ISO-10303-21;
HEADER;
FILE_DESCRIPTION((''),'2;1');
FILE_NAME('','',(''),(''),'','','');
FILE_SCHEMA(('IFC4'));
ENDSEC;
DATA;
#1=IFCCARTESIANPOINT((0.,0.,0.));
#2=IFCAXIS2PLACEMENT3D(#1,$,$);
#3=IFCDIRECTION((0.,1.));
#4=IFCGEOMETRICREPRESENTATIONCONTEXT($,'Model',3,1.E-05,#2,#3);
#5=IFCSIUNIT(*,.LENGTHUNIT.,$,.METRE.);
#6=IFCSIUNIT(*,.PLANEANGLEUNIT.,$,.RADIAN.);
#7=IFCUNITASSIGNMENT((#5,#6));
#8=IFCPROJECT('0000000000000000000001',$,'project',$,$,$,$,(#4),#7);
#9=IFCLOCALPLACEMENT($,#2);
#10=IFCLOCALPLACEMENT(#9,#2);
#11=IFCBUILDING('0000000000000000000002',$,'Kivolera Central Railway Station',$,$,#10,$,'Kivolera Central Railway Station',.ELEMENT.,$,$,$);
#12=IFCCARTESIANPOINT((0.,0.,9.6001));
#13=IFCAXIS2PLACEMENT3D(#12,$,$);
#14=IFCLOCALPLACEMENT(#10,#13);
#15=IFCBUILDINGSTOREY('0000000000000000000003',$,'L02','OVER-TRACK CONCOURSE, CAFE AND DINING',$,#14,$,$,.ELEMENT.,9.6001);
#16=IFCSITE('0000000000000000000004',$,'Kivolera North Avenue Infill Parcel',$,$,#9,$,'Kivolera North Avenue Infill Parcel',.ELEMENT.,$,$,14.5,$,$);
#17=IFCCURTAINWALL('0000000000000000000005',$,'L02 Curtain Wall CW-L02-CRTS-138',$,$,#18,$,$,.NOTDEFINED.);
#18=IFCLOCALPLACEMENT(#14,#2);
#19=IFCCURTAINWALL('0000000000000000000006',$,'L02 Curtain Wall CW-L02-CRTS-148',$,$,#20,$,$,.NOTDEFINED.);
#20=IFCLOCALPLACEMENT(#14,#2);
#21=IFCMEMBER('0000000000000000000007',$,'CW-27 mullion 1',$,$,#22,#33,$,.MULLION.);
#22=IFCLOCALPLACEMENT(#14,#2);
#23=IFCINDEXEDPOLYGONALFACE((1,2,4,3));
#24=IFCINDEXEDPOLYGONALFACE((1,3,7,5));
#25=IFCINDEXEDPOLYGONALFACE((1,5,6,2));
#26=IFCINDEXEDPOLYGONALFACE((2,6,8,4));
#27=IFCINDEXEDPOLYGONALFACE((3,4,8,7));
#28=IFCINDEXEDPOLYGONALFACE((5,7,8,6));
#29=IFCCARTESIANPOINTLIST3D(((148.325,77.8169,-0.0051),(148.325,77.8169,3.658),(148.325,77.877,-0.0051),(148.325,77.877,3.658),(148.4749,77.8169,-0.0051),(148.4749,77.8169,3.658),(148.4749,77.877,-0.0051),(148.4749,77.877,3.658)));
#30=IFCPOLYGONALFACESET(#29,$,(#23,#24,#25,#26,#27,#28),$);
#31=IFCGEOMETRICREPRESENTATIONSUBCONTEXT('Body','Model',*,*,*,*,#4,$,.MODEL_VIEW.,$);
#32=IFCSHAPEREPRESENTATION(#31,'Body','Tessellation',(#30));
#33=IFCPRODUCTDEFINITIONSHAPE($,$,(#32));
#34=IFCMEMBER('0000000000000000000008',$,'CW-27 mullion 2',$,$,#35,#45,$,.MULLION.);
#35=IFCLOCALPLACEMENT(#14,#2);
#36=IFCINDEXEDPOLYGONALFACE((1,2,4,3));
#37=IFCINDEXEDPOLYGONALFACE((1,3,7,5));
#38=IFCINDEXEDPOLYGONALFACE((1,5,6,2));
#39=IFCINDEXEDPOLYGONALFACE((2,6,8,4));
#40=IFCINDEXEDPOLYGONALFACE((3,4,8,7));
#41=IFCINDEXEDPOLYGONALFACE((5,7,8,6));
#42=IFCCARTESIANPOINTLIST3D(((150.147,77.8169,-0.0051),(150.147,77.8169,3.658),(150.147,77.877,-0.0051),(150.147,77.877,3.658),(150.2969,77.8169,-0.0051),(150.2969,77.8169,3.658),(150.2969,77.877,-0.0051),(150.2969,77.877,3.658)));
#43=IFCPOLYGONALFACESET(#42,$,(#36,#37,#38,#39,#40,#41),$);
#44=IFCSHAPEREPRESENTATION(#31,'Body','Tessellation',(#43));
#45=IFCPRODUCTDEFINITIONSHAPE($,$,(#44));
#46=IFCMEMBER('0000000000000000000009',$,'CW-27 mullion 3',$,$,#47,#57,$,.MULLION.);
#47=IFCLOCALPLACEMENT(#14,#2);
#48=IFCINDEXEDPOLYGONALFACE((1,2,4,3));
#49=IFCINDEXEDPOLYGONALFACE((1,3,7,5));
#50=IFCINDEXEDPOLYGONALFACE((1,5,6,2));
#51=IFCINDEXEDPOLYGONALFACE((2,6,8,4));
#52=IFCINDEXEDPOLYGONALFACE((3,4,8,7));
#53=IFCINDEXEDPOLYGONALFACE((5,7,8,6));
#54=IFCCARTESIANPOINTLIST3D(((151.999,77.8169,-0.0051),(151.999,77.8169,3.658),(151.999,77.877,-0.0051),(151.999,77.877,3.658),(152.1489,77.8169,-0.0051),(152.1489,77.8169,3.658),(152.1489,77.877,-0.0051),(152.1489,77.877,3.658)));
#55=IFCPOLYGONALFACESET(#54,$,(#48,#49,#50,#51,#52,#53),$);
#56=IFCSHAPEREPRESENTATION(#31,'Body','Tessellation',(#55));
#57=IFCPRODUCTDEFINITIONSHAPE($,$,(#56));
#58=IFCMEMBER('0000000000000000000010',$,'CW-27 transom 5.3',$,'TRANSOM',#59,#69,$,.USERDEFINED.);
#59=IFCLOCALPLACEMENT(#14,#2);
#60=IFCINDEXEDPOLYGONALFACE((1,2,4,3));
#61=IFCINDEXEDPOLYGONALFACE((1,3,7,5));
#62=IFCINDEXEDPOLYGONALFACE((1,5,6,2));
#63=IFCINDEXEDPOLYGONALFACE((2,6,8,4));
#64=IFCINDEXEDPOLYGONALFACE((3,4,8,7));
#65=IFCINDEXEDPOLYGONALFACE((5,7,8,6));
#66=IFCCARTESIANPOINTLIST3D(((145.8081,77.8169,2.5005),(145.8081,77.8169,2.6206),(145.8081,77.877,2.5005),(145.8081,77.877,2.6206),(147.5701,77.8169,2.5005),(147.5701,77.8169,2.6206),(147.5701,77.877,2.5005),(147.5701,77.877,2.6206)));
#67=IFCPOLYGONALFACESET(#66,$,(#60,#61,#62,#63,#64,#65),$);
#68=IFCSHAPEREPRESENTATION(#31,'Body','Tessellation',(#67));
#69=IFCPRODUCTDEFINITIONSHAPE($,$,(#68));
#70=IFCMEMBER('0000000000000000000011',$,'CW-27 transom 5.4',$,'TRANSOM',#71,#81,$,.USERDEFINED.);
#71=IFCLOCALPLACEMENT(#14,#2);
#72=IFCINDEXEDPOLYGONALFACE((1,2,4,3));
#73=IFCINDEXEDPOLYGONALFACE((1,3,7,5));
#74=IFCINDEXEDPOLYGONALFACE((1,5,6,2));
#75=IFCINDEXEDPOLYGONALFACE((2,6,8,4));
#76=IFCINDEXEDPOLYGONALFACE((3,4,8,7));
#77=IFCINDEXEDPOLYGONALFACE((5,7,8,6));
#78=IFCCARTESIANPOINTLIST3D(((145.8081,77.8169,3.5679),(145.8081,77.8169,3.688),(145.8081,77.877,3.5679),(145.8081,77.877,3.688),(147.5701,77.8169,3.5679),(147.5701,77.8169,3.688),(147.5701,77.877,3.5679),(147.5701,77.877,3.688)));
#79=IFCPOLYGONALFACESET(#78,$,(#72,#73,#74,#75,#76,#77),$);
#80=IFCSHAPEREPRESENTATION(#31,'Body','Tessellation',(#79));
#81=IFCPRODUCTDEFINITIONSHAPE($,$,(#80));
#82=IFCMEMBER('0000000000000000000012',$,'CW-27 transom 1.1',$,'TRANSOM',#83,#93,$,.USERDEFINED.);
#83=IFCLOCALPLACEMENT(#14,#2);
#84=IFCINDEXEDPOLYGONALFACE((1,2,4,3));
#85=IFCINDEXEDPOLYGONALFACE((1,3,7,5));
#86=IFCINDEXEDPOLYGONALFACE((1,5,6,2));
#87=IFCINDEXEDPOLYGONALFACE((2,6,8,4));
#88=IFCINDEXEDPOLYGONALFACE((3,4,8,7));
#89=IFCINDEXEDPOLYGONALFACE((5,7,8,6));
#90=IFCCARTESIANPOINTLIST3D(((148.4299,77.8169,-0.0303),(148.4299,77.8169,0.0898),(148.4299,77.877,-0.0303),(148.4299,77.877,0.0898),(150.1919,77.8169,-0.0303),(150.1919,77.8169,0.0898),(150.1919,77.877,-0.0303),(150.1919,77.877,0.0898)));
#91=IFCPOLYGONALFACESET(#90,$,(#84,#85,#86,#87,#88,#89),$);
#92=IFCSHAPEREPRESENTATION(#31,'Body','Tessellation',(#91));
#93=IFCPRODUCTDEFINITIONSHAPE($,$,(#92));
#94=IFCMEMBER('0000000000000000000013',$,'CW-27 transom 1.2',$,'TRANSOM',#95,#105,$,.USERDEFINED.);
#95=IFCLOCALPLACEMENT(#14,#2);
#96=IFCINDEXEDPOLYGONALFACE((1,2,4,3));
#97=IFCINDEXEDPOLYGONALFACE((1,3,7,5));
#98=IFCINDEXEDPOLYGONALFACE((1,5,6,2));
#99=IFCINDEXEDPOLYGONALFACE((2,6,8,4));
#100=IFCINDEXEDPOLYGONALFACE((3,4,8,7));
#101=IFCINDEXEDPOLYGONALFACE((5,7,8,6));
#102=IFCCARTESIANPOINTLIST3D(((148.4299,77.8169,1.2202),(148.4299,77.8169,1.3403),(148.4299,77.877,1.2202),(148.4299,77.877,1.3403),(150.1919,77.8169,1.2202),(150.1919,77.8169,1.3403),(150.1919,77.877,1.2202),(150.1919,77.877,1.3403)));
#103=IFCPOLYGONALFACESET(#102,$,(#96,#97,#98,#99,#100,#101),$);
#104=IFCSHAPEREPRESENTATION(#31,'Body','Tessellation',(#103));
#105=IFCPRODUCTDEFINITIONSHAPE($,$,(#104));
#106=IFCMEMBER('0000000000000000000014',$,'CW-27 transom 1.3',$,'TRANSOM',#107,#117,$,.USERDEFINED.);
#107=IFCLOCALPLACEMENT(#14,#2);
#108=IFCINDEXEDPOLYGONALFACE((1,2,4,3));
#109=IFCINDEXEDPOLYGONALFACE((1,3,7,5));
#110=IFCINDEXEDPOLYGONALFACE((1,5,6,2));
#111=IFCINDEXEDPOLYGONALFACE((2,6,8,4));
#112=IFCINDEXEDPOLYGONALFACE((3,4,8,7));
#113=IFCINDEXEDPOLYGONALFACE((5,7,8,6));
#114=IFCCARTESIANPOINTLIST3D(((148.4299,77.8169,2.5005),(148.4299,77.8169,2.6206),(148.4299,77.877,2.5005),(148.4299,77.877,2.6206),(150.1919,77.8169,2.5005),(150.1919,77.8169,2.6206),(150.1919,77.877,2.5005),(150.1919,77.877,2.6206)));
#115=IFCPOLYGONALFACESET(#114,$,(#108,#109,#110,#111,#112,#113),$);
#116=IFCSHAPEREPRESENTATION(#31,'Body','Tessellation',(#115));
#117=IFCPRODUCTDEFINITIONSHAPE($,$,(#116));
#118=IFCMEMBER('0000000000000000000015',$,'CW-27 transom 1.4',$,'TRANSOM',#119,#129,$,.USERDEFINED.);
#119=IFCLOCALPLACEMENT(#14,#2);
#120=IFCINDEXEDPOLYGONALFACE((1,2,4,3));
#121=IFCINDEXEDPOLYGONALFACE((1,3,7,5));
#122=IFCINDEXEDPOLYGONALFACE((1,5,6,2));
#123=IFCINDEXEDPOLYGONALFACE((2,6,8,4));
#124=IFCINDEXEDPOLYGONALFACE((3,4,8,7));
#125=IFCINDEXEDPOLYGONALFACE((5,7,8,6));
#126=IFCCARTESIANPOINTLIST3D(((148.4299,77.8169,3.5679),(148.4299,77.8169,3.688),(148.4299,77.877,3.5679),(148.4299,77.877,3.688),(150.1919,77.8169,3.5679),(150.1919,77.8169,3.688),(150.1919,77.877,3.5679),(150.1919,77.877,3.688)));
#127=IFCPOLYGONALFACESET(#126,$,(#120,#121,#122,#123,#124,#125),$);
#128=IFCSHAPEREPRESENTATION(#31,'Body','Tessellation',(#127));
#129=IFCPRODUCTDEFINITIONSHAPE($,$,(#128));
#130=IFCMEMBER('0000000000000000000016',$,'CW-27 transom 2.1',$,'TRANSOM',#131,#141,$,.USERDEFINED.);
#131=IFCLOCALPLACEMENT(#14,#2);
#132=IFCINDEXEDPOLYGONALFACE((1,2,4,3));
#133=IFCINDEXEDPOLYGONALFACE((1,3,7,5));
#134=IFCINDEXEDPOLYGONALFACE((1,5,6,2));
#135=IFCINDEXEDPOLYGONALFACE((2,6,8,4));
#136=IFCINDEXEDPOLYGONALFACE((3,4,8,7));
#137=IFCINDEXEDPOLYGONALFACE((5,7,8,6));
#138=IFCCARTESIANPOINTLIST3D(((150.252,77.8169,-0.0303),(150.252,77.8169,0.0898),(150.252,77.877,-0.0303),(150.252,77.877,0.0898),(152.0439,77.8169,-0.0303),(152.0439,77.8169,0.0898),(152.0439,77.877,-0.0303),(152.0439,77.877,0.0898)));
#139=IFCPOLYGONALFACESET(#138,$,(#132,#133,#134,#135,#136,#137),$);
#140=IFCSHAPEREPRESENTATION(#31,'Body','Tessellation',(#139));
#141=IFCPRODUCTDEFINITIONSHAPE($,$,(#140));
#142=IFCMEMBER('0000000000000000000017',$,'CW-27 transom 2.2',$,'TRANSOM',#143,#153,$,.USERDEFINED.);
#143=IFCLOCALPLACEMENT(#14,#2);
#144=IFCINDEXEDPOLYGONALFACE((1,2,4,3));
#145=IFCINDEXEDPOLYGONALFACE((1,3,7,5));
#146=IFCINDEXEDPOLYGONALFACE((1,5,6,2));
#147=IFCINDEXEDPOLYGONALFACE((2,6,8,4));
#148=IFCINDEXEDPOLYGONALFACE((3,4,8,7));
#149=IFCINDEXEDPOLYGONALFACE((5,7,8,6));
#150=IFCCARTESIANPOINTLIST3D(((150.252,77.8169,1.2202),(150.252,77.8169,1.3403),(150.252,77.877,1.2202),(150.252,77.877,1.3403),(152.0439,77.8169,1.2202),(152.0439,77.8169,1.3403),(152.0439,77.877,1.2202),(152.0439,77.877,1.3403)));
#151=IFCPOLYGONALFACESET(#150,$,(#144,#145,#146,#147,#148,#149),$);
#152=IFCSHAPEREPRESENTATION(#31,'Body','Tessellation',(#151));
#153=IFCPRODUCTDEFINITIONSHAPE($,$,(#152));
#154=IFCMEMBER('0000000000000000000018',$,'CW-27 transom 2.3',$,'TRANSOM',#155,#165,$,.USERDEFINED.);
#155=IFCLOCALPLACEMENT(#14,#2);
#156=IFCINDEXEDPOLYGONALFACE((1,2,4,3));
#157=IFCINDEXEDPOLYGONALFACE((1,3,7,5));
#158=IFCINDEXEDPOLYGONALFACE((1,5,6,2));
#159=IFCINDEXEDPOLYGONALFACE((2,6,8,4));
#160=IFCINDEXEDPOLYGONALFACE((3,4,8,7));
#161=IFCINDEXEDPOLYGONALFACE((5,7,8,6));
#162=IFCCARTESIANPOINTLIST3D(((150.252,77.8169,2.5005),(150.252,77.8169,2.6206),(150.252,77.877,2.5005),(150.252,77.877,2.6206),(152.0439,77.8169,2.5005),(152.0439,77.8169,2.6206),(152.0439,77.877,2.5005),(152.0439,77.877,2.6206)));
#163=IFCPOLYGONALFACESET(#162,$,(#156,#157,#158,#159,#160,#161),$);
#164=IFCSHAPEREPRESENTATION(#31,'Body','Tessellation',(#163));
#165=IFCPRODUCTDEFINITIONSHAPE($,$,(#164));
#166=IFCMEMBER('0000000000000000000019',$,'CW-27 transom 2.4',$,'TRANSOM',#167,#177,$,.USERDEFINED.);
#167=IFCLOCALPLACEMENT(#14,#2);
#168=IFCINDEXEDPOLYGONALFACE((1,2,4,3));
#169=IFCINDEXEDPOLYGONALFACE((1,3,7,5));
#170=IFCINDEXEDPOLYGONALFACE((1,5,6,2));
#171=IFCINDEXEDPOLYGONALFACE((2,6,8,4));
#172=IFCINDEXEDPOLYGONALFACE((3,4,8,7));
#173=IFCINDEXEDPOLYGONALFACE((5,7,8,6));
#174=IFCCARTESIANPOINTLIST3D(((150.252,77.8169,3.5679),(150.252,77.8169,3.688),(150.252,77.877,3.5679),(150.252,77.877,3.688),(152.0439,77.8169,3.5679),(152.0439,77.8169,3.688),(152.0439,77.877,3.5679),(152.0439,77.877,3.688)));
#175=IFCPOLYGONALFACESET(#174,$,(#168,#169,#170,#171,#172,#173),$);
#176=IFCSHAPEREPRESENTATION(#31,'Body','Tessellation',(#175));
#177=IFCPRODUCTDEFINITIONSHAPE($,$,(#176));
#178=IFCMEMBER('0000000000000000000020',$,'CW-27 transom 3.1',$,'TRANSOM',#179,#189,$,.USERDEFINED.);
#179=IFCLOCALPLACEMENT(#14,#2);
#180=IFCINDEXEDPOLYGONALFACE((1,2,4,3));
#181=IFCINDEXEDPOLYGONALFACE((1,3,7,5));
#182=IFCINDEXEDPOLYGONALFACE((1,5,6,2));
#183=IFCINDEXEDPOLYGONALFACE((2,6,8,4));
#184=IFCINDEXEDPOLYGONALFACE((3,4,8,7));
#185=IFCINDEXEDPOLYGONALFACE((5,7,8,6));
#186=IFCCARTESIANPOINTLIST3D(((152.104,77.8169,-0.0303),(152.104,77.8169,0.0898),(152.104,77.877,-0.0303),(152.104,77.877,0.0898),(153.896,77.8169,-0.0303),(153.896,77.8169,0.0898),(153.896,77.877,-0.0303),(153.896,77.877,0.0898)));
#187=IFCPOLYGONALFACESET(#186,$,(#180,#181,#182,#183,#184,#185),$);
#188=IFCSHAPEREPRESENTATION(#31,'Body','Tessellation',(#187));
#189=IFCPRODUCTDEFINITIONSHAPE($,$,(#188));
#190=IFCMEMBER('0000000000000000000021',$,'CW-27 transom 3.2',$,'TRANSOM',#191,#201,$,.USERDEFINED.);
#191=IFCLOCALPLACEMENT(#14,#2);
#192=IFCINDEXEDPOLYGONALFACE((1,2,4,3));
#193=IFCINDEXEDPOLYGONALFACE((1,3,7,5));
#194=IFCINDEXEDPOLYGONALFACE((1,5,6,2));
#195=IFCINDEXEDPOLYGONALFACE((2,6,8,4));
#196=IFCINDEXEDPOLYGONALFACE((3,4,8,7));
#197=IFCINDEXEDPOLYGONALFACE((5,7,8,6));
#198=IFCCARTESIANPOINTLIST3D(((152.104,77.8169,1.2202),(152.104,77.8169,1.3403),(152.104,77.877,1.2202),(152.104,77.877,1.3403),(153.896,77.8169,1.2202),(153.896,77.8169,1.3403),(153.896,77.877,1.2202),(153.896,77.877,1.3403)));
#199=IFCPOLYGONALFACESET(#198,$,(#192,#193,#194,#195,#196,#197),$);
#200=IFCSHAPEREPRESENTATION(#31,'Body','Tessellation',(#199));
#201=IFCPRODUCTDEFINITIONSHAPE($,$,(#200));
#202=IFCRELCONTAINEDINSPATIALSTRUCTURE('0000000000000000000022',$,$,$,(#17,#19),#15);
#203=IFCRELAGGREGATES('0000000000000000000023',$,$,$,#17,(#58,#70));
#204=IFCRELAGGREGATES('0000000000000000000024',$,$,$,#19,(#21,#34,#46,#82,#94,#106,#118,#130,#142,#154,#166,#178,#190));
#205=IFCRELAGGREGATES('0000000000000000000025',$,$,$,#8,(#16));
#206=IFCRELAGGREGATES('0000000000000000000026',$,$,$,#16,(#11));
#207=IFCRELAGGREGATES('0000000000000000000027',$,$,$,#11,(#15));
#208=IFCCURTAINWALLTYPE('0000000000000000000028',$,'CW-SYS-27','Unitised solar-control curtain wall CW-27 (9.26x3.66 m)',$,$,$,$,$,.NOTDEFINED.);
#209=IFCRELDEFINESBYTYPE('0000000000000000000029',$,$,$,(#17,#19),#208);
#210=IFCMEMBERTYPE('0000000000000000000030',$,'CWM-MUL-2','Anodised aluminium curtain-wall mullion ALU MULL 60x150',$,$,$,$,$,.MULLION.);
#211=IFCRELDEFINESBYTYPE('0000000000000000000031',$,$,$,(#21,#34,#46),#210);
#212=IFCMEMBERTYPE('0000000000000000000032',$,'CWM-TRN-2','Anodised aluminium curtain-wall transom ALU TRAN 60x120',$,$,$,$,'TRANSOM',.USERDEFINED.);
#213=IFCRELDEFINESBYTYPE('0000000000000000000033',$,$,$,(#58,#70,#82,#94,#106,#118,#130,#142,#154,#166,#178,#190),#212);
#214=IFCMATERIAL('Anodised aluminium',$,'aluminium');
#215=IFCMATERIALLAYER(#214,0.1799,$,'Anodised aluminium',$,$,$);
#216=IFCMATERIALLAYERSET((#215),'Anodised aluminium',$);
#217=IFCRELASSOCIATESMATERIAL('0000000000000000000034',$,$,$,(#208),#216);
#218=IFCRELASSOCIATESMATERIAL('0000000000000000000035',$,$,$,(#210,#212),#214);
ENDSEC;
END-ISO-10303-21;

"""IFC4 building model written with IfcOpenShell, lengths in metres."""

from ifc_helpers import new_model, si_unit, direction, frame, origin, origin_2d, place, context, subcontext, project, spatial, rectangle, extrude, material, layer, layer_set, material_profile, profile_set, type_object, element, aggregate, save


model = new_model("IFC4")

# Units and contexts
model_context = context("Model", 3, precision=1e-05, world=origin(), true_north=direction((0.0, 1.0)))
body_context = subcontext(model_context, "Body", "Model", "MODEL_VIEW")
ifc_project = project(units=[si_unit("LENGTHUNIT", "METRE"), si_unit("PLANEANGLEUNIT", "RADIAN")], contexts=[model_context])

# Site, building, storey
site_placement = place(None, origin())
site = spatial("IfcSite", under=ifc_project, at=site_placement, Name="Kivolera North Avenue Infill Parcel", LongName="Kivolera North Avenue Infill Parcel", CompositionType="ELEMENT", RefElevation=14.5)
building_placement = place(site_placement, origin())
building = spatial("IfcBuilding", under=site, at=building_placement, Name="Kivolera Central Railway Station", LongName="Kivolera Central Railway Station", CompositionType="ELEMENT")
storey_placement = place(building_placement, frame((0.0, 0.0, 9.6001)))
storey = spatial("IfcBuildingStorey", under=building, at=storey_placement, Name="L02", Description="OVER-TRACK CONCOURSE, CAFE AND DINING", CompositionType="ELEMENT", Elevation=9.6001)

# Curtain wall
ifc_material_1 = material(Name="Anodised aluminium", Category="aluminium")
ifc_layer_1 = layer(ifc_material_1, 0.1799, Name="Anodised aluminium")
ifc_layer_set_1 = layer_set([ifc_layer_1], Name="Anodised aluminium")
curtain_wall_type = type_object("IfcCurtainWallType", Name="CW-SYS-27", Description="Unitised solar-control curtain wall CW-27 (9.26x3.66 m)", PredefinedType="NOTDEFINED", material=ifc_layer_set_1)
curtain_wall_1_placement = place(storey_placement, origin())
curtain_wall_1 = element("IfcCurtainWall", 1, at=curtain_wall_1_placement, inside=storey, type_object=curtain_wall_type, Name="L02 Curtain Wall CW-L02-CRTS-138", PredefinedType="NOTDEFINED")
ifc_material_profile_1 = material_profile(ifc_material_1, rectangle(XDim=0.0601, YDim=0.1499, at=origin_2d()), Name="ALU MULL 60x150")
ifc_profile_set_1 = profile_set([ifc_material_profile_1], Name="Anodised aluminium")
member_type_1 = type_object("IfcMemberType", Name="CWM-MUL-2", Description="Anodised aluminium curtain-wall mullion ALU MULL 60x150", PredefinedType="MULLION", material=ifc_profile_set_1)

# Curtain wall, members
curtain_wall_2_placement = place(storey_placement, origin())
curtain_wall_2 = element("IfcCurtainWall", 2, at=curtain_wall_2_placement, inside=storey, type_object=curtain_wall_type, Name="L02 Curtain Wall CW-L02-CRTS-148", PredefinedType="NOTDEFINED")
member_1_placement = place(storey_placement, frame((148.3999, 77.8469, -0.0051), z_axis=(0.0, 0.0, 1.0), x_axis=(0.0, 1.0, 0.0)))
member_1 = element("IfcMember", 3, at=member_1_placement, type_object=member_type_1, Name="CW-27 mullion 1", PredefinedType="MULLION", context=body_context, shape_type="SweptSolid", body=[
    extrude(rectangle(XDim=0.0601, YDim=0.1499, at=origin_2d()), origin(), (0.0, 0.0, 1.0), 3.6631),
])
member_2_placement = place(storey_placement, frame((150.2219, 77.8469, -0.0051), z_axis=(0.0, 0.0, 1.0), x_axis=(0.0, 1.0, 0.0)))
member_2 = element("IfcMember", 4, at=member_2_placement, type_object=member_type_1, Name="CW-27 mullion 2", PredefinedType="MULLION", context=body_context, shape_type="SweptSolid", body=[
    extrude(rectangle(XDim=0.0601, YDim=0.1499, at=origin_2d()), origin(), (0.0, 0.0, 1.0), 3.6631),
])
member_3_placement = place(storey_placement, frame((152.074, 77.8469, -0.0051), z_axis=(0.0, 0.0, 1.0), x_axis=(0.0, 1.0, 0.0)))
member_3 = element("IfcMember", 5, at=member_3_placement, type_object=member_type_1, Name="CW-27 mullion 3", PredefinedType="MULLION", context=body_context, shape_type="SweptSolid", body=[
    extrude(rectangle(XDim=0.0601, YDim=0.1499, at=origin_2d()), origin(), (0.0, 0.0, 1.0), 3.6631),
])

# Members
ifc_material_profile_2 = material_profile(ifc_material_1, rectangle(XDim=0.0601, YDim=0.1201, at=origin_2d()), Name="ALU TRAN 60x120")
ifc_profile_set_2 = profile_set([ifc_material_profile_2], Name="Anodised aluminium")
member_type_2 = type_object("IfcMemberType", Name="CWM-TRN-2", Description="Anodised aluminium curtain-wall transom ALU TRAN 60x120", ElementType="TRANSOM", PredefinedType="USERDEFINED", material=ifc_profile_set_2)
member_4_placement = place(storey_placement, frame((145.8081, 77.8469, 2.5605), z_axis=(1.0, 0.0, 0.0), x_axis=(0.0, 1.0, 0.0)))
member_4 = element("IfcMember", 6, at=member_4_placement, type_object=member_type_2, Name="CW-27 transom 5.3", ObjectType="TRANSOM", PredefinedType="USERDEFINED", context=body_context, shape_type="SweptSolid", body=[
    extrude(rectangle(XDim=0.0601, YDim=0.1201, at=origin_2d()), origin(), (0.0, 0.0, 1.0), 1.762),
])
member_5_placement = place(storey_placement, frame((145.8081, 77.8469, 3.6279), z_axis=(1.0, 0.0, 0.0), x_axis=(0.0, 1.0, 0.0)))
member_5 = element("IfcMember", 7, at=member_5_placement, type_object=member_type_2, Name="CW-27 transom 5.4", ObjectType="TRANSOM", PredefinedType="USERDEFINED", context=body_context, shape_type="SweptSolid", body=[
    extrude(rectangle(XDim=0.0601, YDim=0.1201, at=origin_2d()), origin(), (0.0, 0.0, 1.0), 1.762),
])
member_6_placement = place(storey_placement, frame((148.4299, 77.8469, 0.0298), z_axis=(1.0, 0.0, 0.0), x_axis=(0.0, 1.0, 0.0)))
member_6 = element("IfcMember", 8, at=member_6_placement, type_object=member_type_2, Name="CW-27 transom 1.1", ObjectType="TRANSOM", PredefinedType="USERDEFINED", context=body_context, shape_type="SweptSolid", body=[
    extrude(rectangle(XDim=0.0601, YDim=0.1201, at=origin_2d()), origin(), (0.0, 0.0, 1.0), 1.762),
])
member_7_placement = place(storey_placement, frame((148.4299, 77.8469, 1.2803), z_axis=(1.0, 0.0, 0.0), x_axis=(0.0, 1.0, 0.0)))
member_7 = element("IfcMember", 9, at=member_7_placement, type_object=member_type_2, Name="CW-27 transom 1.2", ObjectType="TRANSOM", PredefinedType="USERDEFINED", context=body_context, shape_type="SweptSolid", body=[
    extrude(rectangle(XDim=0.0601, YDim=0.1201, at=origin_2d()), origin(), (0.0, 0.0, 1.0), 1.762),
])
member_8_placement = place(storey_placement, frame((148.4299, 77.8469, 2.5605), z_axis=(1.0, 0.0, 0.0), x_axis=(0.0, 1.0, 0.0)))
member_8 = element("IfcMember", 10, at=member_8_placement, type_object=member_type_2, Name="CW-27 transom 1.3", ObjectType="TRANSOM", PredefinedType="USERDEFINED", context=body_context, shape_type="SweptSolid", body=[
    extrude(rectangle(XDim=0.0601, YDim=0.1201, at=origin_2d()), origin(), (0.0, 0.0, 1.0), 1.762),
])
member_9_placement = place(storey_placement, frame((148.4299, 77.8469, 3.6279), z_axis=(1.0, 0.0, 0.0), x_axis=(0.0, 1.0, 0.0)))
member_9 = element("IfcMember", 11, at=member_9_placement, type_object=member_type_2, Name="CW-27 transom 1.4", ObjectType="TRANSOM", PredefinedType="USERDEFINED", context=body_context, shape_type="SweptSolid", body=[
    extrude(rectangle(XDim=0.0601, YDim=0.1201, at=origin_2d()), origin(), (0.0, 0.0, 1.0), 1.762),
])
member_10_placement = place(storey_placement, frame((150.252, 77.8469, 0.0298), z_axis=(1.0, 0.0, 0.0), x_axis=(0.0, 1.0, 0.0)))
member_10 = element("IfcMember", 12, at=member_10_placement, type_object=member_type_2, Name="CW-27 transom 2.1", ObjectType="TRANSOM", PredefinedType="USERDEFINED", context=body_context, shape_type="SweptSolid", body=[
    extrude(rectangle(XDim=0.0601, YDim=0.1201, at=origin_2d()), origin(), (0.0, 0.0, 1.0), 1.792),
])
member_11_placement = place(storey_placement, frame((150.252, 77.8469, 1.2803), z_axis=(1.0, 0.0, 0.0), x_axis=(0.0, 1.0, 0.0)))
member_11 = element("IfcMember", 13, at=member_11_placement, type_object=member_type_2, Name="CW-27 transom 2.2", ObjectType="TRANSOM", PredefinedType="USERDEFINED", context=body_context, shape_type="SweptSolid", body=[
    extrude(rectangle(XDim=0.0601, YDim=0.1201, at=origin_2d()), origin(), (0.0, 0.0, 1.0), 1.792),
])
member_12_placement = place(storey_placement, frame((150.252, 77.8469, 2.5605), z_axis=(1.0, 0.0, 0.0), x_axis=(0.0, 1.0, 0.0)))
member_12 = element("IfcMember", 14, at=member_12_placement, type_object=member_type_2, Name="CW-27 transom 2.3", ObjectType="TRANSOM", PredefinedType="USERDEFINED", context=body_context, shape_type="SweptSolid", body=[
    extrude(rectangle(XDim=0.0601, YDim=0.1201, at=origin_2d()), origin(), (0.0, 0.0, 1.0), 1.792),
])
member_13_placement = place(storey_placement, frame((150.252, 77.8469, 3.6279), z_axis=(1.0, 0.0, 0.0), x_axis=(0.0, 1.0, 0.0)))
member_13 = element("IfcMember", 15, at=member_13_placement, type_object=member_type_2, Name="CW-27 transom 2.4", ObjectType="TRANSOM", PredefinedType="USERDEFINED", context=body_context, shape_type="SweptSolid", body=[
    extrude(rectangle(XDim=0.0601, YDim=0.1201, at=origin_2d()), origin(), (0.0, 0.0, 1.0), 1.792),
])
member_14_placement = place(storey_placement, frame((152.104, 77.8469, 0.0298), z_axis=(1.0, 0.0, 0.0), x_axis=(0.0, 1.0, 0.0)))
member_14 = element("IfcMember", 16, at=member_14_placement, type_object=member_type_2, Name="CW-27 transom 3.1", ObjectType="TRANSOM", PredefinedType="USERDEFINED", context=body_context, shape_type="SweptSolid", body=[
    extrude(rectangle(XDim=0.0601, YDim=0.1201, at=origin_2d()), origin(), (0.0, 0.0, 1.0), 1.792),
])
member_15_placement = place(storey_placement, frame((152.104, 77.8469, 1.2803), z_axis=(1.0, 0.0, 0.0), x_axis=(0.0, 1.0, 0.0)))
member_15 = element("IfcMember", 17, at=member_15_placement, type_object=member_type_2, Name="CW-27 transom 3.2", ObjectType="TRANSOM", PredefinedType="USERDEFINED", context=body_context, shape_type="SweptSolid", body=[
    extrude(rectangle(XDim=0.0601, YDim=0.1201, at=origin_2d()), origin(), (0.0, 0.0, 1.0), 1.792),
])

aggregate(curtain_wall_1, [member_4, member_5])
aggregate(curtain_wall_2, [member_1, member_2, member_3, member_6, member_7, member_8, member_9, member_10, member_11, member_12, member_13, member_14, member_15])

save(model, "model.ifc")
